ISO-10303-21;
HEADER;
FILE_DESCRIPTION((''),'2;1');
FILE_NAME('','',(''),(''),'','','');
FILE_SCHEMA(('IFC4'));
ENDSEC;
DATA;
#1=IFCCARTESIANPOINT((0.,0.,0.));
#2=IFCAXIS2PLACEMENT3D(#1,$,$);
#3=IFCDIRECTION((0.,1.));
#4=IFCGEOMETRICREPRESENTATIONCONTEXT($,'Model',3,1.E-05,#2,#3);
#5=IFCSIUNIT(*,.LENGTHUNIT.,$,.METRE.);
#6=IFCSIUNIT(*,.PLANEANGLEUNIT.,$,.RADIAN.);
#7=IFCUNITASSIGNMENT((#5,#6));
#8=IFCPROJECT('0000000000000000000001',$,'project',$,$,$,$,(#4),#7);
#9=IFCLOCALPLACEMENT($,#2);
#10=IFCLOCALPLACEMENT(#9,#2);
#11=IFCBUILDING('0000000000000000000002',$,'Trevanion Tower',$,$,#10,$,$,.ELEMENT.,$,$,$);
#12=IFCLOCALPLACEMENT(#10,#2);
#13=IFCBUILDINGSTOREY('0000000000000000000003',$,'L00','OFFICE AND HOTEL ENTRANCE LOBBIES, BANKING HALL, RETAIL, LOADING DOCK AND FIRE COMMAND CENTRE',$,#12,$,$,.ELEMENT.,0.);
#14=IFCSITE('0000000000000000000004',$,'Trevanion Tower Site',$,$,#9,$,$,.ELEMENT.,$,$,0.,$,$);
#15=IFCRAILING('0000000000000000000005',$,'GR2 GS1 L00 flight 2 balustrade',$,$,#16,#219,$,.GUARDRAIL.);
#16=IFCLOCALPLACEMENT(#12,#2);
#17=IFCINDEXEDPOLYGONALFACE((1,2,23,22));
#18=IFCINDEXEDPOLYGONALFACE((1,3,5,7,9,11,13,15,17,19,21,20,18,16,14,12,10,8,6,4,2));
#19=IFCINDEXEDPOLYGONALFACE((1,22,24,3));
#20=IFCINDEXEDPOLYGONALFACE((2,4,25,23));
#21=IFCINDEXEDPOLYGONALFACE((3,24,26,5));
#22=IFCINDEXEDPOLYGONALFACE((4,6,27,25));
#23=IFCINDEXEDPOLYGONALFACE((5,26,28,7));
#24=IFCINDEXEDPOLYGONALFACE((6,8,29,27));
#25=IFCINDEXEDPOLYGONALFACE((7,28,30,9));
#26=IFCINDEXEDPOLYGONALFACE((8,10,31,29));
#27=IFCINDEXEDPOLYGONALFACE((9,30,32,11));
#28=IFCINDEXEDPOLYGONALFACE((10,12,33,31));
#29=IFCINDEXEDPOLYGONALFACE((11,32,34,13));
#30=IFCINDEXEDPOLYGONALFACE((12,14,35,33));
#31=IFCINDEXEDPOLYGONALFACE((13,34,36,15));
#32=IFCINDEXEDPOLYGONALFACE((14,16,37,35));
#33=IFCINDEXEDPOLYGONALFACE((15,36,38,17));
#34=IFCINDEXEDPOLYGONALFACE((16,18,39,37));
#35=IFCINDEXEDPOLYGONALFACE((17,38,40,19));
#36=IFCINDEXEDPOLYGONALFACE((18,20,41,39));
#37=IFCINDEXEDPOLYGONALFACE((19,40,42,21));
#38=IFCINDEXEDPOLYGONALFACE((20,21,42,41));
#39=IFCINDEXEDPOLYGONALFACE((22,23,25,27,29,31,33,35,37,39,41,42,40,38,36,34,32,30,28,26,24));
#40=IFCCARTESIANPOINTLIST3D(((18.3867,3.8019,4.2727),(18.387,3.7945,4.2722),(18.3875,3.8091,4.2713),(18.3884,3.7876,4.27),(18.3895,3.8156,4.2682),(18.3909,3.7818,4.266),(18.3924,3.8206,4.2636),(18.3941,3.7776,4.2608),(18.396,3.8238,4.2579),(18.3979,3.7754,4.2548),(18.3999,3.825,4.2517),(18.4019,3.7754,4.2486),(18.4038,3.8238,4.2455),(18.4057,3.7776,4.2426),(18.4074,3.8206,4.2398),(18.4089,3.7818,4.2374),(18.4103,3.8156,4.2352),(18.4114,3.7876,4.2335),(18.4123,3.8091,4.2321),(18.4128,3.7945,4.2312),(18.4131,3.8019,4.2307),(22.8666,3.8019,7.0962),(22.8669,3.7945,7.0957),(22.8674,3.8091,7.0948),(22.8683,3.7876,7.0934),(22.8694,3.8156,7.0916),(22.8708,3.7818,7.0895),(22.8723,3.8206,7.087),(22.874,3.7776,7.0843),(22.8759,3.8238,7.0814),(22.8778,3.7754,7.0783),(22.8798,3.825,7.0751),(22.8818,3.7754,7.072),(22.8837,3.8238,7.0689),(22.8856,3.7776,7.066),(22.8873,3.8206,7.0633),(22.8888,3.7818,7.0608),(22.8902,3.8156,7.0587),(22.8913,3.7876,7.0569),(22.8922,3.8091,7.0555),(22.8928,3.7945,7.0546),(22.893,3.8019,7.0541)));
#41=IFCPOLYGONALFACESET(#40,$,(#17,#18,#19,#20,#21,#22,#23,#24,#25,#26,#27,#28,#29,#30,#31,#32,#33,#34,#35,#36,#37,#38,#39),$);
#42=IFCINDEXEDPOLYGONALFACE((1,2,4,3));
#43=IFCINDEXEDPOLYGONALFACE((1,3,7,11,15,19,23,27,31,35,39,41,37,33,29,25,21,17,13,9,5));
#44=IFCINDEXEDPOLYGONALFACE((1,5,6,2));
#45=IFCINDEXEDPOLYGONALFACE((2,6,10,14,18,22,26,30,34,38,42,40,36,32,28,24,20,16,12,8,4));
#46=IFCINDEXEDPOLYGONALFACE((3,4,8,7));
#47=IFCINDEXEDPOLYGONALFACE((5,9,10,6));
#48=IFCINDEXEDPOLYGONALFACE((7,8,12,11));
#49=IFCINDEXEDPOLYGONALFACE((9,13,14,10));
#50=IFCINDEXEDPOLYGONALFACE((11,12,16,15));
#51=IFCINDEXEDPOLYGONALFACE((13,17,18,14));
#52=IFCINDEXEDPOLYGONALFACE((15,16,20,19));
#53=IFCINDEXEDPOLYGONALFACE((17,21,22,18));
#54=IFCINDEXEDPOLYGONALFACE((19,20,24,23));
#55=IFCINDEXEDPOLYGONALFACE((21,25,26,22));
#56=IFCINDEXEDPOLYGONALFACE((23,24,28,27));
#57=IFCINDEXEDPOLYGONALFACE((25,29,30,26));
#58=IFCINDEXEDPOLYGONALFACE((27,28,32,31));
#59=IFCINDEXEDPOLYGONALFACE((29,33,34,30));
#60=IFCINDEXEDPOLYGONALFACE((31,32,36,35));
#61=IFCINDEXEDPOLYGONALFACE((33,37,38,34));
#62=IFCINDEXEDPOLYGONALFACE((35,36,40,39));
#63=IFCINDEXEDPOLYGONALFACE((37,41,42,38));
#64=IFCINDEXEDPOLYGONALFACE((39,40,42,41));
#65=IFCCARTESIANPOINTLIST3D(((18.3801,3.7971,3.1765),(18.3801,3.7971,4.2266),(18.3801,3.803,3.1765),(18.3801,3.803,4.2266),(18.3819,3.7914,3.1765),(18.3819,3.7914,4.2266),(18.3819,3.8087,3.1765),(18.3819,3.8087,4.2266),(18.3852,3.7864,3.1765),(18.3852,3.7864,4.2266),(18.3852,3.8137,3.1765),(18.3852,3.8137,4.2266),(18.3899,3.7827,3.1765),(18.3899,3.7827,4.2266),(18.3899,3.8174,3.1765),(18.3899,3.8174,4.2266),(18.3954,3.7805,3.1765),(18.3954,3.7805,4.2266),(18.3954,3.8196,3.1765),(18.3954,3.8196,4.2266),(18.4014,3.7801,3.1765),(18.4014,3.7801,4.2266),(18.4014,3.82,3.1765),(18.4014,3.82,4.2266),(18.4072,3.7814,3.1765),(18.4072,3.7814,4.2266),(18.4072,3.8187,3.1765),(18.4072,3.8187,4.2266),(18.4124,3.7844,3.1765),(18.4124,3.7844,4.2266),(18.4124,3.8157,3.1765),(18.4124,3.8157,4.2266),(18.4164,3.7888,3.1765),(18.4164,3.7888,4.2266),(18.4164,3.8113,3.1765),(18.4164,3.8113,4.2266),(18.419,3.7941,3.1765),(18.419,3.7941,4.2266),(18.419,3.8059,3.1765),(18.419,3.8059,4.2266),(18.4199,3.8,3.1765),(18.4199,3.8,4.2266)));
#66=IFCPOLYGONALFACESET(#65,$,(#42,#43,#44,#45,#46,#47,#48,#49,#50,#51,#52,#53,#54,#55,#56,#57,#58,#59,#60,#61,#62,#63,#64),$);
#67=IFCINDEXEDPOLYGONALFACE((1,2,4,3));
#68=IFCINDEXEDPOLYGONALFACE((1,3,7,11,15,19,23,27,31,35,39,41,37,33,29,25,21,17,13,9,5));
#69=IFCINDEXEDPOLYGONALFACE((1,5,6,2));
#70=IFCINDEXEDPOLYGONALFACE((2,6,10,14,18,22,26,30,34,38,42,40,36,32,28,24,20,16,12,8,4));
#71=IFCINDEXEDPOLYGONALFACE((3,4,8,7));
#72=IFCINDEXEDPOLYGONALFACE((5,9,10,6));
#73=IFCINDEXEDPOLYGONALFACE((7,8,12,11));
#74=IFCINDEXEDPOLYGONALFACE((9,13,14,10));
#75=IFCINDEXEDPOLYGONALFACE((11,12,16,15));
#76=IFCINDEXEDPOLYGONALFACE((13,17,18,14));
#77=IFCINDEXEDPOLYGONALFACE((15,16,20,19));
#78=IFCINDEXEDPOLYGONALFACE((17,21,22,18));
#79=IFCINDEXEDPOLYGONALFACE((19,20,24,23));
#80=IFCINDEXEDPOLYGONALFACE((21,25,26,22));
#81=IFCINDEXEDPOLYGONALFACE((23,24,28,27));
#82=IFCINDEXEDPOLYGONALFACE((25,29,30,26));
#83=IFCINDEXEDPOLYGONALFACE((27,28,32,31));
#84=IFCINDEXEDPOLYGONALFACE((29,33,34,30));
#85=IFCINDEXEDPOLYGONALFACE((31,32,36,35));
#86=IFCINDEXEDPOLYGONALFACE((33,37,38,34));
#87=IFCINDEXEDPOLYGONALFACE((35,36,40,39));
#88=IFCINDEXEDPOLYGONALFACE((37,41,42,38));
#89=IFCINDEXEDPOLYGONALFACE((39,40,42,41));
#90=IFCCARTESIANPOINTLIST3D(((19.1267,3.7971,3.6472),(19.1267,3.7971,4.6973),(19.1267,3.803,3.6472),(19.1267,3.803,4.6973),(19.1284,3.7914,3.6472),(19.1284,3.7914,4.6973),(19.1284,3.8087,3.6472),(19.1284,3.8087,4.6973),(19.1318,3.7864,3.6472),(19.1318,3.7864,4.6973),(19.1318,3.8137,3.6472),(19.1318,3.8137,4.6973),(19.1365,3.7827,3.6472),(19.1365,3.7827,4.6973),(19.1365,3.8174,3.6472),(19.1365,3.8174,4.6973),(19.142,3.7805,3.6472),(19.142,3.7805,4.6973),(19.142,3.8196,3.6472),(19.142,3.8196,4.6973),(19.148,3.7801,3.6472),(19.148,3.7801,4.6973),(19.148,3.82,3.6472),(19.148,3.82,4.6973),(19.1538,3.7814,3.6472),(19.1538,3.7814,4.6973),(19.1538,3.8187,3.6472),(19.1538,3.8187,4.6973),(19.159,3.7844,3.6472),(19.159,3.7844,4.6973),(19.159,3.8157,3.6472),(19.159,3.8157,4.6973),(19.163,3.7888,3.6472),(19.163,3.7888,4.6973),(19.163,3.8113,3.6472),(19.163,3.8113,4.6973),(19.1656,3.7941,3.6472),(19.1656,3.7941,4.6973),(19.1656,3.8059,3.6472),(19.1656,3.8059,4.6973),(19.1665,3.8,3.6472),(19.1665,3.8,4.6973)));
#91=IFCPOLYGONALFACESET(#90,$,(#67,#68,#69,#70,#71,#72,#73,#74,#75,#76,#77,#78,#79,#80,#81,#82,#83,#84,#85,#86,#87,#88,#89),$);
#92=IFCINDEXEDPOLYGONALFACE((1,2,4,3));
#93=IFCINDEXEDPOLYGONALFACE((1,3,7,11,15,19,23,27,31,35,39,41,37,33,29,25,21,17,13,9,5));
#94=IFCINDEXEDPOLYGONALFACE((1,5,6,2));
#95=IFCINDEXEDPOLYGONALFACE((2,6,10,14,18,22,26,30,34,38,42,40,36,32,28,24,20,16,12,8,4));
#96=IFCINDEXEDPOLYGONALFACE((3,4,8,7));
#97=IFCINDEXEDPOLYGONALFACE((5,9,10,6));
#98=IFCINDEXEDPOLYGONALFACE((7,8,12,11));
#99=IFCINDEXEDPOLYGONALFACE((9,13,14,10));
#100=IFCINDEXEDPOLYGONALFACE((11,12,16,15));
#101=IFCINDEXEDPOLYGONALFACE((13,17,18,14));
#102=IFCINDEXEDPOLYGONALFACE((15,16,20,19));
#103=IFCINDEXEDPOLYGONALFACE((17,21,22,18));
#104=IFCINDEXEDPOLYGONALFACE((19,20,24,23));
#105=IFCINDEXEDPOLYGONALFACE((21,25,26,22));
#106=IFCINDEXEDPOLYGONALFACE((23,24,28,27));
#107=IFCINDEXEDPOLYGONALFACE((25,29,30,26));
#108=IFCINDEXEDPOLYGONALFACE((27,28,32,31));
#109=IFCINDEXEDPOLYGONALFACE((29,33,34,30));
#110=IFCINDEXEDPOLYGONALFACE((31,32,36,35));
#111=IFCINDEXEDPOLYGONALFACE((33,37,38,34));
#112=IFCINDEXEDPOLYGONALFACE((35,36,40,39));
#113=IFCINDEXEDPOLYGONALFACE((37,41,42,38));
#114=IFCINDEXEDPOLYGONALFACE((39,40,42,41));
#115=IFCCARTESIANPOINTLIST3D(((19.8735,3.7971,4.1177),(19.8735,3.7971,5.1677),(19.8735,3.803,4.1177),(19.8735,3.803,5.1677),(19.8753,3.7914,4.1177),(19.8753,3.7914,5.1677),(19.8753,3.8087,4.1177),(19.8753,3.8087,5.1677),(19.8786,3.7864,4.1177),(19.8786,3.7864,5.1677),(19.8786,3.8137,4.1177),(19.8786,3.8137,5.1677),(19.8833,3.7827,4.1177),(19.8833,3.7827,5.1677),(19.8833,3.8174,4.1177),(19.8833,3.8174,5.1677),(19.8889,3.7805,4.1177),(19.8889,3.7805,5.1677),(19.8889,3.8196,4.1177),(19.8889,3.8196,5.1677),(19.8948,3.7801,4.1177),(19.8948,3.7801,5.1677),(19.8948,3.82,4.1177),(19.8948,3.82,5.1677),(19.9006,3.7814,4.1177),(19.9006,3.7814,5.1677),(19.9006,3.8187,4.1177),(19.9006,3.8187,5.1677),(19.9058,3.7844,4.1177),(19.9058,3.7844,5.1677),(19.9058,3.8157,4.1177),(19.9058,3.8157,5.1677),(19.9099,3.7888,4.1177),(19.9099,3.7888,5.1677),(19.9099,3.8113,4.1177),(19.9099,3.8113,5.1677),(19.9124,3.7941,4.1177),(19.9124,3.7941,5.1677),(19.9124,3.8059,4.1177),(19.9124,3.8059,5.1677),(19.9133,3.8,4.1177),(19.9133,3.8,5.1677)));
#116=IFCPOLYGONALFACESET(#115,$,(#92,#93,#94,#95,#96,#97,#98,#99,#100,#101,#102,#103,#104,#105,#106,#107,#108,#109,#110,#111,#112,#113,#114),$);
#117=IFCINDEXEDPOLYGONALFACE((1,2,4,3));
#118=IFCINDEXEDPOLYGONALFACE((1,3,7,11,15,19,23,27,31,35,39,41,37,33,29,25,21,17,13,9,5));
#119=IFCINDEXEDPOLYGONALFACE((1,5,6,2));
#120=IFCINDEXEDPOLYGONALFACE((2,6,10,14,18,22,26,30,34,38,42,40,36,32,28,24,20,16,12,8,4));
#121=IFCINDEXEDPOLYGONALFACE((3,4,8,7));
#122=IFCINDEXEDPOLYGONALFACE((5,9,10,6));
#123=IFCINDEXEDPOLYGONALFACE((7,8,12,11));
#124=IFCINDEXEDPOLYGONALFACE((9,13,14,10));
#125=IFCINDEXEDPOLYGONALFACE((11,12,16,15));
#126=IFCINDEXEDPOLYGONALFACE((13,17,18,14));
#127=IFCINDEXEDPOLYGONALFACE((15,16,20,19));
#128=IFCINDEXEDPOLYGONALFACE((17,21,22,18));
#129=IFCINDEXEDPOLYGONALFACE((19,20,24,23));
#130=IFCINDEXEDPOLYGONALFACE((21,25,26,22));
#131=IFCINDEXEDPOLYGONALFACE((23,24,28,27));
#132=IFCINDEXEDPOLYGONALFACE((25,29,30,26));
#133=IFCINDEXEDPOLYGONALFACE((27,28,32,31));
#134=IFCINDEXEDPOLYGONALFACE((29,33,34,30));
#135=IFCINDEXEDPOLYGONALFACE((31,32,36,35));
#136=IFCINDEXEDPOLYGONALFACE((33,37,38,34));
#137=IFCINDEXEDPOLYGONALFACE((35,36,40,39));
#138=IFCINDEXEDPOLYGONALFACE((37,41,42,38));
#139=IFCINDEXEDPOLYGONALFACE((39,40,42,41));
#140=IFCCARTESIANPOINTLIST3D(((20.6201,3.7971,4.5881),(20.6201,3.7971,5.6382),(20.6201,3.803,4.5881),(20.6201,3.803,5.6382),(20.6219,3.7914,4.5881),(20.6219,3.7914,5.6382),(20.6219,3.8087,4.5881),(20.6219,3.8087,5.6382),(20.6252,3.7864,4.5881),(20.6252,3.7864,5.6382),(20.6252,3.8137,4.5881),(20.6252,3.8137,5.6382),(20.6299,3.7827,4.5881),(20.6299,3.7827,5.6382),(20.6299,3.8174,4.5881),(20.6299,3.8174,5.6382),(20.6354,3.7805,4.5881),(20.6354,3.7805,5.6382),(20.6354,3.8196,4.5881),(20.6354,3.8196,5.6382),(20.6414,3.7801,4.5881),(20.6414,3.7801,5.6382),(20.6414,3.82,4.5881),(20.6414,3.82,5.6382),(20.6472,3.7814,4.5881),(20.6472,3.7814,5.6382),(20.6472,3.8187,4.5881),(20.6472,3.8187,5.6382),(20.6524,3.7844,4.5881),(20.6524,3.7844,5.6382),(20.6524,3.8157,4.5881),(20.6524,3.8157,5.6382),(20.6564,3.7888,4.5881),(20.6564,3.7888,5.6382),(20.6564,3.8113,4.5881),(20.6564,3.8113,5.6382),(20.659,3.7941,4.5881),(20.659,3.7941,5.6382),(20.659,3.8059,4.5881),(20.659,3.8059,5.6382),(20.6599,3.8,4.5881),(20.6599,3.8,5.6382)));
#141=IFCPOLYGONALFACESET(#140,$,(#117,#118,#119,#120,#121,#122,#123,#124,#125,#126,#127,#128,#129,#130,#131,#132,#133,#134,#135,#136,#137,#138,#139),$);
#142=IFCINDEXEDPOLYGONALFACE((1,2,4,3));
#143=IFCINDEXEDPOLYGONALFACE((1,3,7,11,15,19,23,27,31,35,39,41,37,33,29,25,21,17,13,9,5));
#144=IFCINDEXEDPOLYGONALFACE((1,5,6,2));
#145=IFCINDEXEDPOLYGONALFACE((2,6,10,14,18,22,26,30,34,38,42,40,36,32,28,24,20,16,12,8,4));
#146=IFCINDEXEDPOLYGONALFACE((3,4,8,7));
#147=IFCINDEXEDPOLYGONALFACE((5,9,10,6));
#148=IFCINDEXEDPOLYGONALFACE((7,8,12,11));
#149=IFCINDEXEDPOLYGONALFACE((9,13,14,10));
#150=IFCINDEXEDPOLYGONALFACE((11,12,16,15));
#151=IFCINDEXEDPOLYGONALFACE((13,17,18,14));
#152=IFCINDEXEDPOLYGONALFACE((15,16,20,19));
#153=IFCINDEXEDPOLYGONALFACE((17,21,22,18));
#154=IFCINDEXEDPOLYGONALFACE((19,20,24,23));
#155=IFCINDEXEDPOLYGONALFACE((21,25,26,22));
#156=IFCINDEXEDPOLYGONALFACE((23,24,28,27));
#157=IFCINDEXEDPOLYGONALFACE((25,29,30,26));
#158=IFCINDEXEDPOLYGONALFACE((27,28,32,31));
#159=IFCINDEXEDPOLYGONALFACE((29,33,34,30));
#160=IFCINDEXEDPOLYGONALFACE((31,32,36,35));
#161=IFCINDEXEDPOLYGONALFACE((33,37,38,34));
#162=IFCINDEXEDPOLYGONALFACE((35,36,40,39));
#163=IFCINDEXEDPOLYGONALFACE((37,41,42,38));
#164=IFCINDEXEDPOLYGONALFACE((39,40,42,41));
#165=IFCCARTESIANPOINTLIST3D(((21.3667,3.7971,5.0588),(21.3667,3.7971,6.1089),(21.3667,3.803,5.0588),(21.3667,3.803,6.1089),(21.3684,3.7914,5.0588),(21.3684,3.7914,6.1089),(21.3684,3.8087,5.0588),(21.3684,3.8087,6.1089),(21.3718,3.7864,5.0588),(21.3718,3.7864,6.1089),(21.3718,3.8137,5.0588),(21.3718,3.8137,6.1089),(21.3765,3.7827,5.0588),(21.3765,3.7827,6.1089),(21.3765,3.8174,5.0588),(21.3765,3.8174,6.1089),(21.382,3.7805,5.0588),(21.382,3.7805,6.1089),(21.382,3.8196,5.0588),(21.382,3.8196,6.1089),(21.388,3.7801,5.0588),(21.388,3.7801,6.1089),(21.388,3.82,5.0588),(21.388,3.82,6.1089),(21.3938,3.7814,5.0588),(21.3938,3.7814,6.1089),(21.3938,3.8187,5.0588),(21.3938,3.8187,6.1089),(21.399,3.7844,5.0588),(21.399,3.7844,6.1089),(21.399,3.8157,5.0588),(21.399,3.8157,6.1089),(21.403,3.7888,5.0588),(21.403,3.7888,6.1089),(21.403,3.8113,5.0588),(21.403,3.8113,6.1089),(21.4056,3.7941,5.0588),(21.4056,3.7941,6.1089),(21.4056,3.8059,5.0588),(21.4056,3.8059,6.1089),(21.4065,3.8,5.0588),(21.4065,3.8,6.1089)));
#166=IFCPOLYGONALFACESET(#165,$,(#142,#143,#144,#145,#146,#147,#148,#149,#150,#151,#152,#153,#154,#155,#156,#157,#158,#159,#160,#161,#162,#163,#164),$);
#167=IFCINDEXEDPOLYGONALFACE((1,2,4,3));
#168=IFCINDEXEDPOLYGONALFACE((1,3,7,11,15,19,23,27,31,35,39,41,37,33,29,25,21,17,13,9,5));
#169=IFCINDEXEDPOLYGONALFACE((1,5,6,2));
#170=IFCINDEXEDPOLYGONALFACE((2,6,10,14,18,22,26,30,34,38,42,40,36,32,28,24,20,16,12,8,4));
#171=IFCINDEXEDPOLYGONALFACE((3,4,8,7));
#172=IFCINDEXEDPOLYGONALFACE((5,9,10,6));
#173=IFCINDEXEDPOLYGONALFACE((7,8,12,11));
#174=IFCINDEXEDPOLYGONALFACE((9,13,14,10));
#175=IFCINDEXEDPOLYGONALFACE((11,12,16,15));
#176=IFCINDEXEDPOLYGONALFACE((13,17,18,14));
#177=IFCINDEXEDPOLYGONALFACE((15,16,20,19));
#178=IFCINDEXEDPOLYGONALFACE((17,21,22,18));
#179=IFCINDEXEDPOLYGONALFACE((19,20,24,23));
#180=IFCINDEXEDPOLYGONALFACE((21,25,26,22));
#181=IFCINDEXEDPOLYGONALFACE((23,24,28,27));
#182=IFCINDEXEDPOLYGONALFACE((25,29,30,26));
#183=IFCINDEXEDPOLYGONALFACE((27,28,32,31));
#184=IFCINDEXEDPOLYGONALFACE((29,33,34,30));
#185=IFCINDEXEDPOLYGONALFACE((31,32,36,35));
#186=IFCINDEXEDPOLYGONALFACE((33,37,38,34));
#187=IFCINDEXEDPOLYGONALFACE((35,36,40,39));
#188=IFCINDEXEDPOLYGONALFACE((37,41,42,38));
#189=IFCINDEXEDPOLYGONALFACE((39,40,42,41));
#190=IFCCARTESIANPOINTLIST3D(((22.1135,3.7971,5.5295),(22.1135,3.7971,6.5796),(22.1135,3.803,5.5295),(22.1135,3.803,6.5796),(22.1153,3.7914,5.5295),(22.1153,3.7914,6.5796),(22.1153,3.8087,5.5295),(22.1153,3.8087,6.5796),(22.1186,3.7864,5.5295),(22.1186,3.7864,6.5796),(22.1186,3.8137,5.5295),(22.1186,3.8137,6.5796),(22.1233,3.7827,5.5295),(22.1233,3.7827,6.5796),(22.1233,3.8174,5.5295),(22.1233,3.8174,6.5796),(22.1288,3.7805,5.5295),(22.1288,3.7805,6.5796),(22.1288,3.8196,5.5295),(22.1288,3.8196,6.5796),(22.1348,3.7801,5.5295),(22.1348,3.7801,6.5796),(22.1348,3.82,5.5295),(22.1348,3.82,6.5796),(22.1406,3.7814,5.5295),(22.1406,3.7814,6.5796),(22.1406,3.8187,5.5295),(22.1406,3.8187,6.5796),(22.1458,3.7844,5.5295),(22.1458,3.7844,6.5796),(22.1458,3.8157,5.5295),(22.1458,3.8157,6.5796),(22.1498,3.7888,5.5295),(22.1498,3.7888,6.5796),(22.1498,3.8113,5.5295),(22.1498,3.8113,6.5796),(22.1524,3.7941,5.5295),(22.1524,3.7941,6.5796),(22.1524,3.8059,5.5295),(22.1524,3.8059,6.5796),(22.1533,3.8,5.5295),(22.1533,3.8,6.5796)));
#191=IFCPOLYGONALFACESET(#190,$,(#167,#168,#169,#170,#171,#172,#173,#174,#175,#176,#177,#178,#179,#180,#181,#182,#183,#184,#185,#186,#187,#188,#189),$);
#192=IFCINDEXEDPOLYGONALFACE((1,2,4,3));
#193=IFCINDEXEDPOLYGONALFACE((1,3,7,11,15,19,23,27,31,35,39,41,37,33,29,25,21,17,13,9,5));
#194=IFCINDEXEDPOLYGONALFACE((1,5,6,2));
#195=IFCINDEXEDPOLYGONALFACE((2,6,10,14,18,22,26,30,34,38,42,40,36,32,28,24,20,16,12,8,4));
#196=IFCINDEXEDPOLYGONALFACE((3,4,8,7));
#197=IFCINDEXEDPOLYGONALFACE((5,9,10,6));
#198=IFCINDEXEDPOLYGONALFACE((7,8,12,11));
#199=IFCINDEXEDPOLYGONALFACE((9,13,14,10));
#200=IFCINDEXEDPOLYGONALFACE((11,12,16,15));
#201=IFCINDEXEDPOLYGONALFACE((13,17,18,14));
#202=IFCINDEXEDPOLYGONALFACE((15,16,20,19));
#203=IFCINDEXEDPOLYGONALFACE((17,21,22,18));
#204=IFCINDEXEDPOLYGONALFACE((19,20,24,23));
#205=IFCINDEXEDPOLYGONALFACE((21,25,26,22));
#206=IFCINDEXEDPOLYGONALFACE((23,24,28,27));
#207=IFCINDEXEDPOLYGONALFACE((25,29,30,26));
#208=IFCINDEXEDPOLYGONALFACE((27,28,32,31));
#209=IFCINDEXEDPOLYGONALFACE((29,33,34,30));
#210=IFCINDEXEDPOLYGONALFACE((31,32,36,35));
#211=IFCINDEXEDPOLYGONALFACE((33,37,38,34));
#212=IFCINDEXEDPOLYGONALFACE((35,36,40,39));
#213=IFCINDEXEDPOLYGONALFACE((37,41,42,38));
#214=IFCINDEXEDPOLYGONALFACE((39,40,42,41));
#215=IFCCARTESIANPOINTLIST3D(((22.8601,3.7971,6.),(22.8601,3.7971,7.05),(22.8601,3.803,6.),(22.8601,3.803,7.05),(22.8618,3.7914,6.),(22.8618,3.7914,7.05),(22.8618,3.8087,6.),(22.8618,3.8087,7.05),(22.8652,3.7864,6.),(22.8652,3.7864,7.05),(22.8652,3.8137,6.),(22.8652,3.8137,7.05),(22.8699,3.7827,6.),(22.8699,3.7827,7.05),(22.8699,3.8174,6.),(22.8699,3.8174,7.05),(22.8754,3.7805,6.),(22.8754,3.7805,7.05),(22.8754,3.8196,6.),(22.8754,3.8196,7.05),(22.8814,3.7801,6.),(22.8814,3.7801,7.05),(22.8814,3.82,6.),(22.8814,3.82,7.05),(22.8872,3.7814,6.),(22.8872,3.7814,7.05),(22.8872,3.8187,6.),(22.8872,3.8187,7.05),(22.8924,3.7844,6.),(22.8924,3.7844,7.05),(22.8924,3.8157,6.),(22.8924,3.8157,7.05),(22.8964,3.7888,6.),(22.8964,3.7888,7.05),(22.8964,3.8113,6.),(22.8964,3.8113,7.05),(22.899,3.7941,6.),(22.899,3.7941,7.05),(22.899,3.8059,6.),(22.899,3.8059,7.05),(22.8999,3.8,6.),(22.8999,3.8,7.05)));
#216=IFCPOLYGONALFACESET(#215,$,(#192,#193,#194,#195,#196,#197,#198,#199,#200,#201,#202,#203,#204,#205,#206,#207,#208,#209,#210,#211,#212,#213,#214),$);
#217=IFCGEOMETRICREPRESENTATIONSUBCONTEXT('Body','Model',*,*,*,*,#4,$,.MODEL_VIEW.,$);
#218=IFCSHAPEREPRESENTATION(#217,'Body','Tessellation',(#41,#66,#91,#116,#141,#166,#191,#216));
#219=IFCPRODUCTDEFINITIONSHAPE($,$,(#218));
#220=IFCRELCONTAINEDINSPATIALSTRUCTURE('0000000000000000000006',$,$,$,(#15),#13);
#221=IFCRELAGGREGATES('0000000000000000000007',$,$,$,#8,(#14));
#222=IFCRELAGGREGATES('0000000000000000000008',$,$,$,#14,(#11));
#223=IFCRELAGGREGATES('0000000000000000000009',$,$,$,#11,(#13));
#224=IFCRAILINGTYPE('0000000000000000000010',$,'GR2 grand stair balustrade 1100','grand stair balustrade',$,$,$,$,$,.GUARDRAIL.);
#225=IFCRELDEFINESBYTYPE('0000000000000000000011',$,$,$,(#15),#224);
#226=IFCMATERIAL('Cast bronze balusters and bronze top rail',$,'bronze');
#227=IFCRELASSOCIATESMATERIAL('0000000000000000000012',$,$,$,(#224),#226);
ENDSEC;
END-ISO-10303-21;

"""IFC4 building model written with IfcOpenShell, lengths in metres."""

from ifc_helpers import new_model, si_unit, direction, frame, origin, origin_2d, place, context, subcontext, project, spatial, circle, extrude, material, type_object, element, save


model = new_model("IFC4")

# Units and contexts
model_context = context("Model", 3, precision=1e-05, world=origin(), true_north=direction((0.0, 1.0)))
body_context = subcontext(model_context, "Body", "Model", "MODEL_VIEW")
ifc_project = project(units=[si_unit("LENGTHUNIT", "METRE"), si_unit("PLANEANGLEUNIT", "RADIAN")], contexts=[model_context])

# Site, building, storey
site_placement = place(None, origin())
site = spatial("IfcSite", under=ifc_project, at=site_placement, Name="Trevanion Tower Site", CompositionType="ELEMENT", RefElevation=0.0)
building_placement = place(site_placement, origin())
building = spatial("IfcBuilding", under=site, at=building_placement, Name="Trevanion Tower", CompositionType="ELEMENT")
storey_placement = place(building_placement, origin())
storey = spatial("IfcBuildingStorey", under=building, at=storey_placement, Name="L00", Description="OFFICE AND HOTEL ENTRANCE LOBBIES, BANKING HALL, RETAIL, LOADING DOCK AND FIRE COMMAND CENTRE", CompositionType="ELEMENT", Elevation=0.0)

# Railing
ifc_material_1 = material(Name="Cast bronze balusters and bronze top rail", Category="bronze")
railing_type_1 = type_object("IfcRailingType", Name="GR2 grand stair balustrade 1100", Description="grand stair balustrade", PredefinedType="GUARDRAIL", material=ifc_material_1)
railing_1_placement = place(storey_placement, frame((18.3999, 3.8, 3.1765)))
element("IfcRailing", 1, at=railing_1_placement, inside=storey, type_object=railing_type_1, Name="GR2 GS1 L00 flight 2 balustrade", PredefinedType="GUARDRAIL", context=body_context, shape_type="SweptSolid", body=[
    extrude(circle(Radius=0.0249, at=origin_2d()), frame((0.0, 0.0, 1.0752), z_axis=(0.845998, 0.0, 0.533186), x_axis=(0.0, 1.0, 0.0)), (0.0, 0.0, 1.0), 5.2954),
    extrude(circle(Radius=0.02, at=origin_2d()), origin(), (0.0, 0.0, 1.0), 1.05),
    extrude(circle(Radius=0.02, at=origin_2d()), frame((0.7466, 0.0, 0.4707)), (0.0, 0.0, 1.0), 1.05),
    extrude(circle(Radius=0.02, at=origin_2d()), frame((1.4934, 0.0, 0.9412)), (0.0, 0.0, 1.0), 1.05),
    extrude(circle(Radius=0.02, at=origin_2d()), frame((2.24, 0.0, 1.4116)), (0.0, 0.0, 1.0), 1.05),
    extrude(circle(Radius=0.02, at=origin_2d()), frame((2.9866, 0.0, 1.8823)), (0.0, 0.0, 1.0), 1.05),
    extrude(circle(Radius=0.02, at=origin_2d()), frame((3.7334, 0.0, 2.353)), (0.0, 0.0, 1.0), 1.05),
    extrude(circle(Radius=0.02, at=origin_2d()), frame((4.48, 0.0, 2.8235)), (0.0, 0.0, 1.0), 1.05),
])

save(model, "model.ifc")
